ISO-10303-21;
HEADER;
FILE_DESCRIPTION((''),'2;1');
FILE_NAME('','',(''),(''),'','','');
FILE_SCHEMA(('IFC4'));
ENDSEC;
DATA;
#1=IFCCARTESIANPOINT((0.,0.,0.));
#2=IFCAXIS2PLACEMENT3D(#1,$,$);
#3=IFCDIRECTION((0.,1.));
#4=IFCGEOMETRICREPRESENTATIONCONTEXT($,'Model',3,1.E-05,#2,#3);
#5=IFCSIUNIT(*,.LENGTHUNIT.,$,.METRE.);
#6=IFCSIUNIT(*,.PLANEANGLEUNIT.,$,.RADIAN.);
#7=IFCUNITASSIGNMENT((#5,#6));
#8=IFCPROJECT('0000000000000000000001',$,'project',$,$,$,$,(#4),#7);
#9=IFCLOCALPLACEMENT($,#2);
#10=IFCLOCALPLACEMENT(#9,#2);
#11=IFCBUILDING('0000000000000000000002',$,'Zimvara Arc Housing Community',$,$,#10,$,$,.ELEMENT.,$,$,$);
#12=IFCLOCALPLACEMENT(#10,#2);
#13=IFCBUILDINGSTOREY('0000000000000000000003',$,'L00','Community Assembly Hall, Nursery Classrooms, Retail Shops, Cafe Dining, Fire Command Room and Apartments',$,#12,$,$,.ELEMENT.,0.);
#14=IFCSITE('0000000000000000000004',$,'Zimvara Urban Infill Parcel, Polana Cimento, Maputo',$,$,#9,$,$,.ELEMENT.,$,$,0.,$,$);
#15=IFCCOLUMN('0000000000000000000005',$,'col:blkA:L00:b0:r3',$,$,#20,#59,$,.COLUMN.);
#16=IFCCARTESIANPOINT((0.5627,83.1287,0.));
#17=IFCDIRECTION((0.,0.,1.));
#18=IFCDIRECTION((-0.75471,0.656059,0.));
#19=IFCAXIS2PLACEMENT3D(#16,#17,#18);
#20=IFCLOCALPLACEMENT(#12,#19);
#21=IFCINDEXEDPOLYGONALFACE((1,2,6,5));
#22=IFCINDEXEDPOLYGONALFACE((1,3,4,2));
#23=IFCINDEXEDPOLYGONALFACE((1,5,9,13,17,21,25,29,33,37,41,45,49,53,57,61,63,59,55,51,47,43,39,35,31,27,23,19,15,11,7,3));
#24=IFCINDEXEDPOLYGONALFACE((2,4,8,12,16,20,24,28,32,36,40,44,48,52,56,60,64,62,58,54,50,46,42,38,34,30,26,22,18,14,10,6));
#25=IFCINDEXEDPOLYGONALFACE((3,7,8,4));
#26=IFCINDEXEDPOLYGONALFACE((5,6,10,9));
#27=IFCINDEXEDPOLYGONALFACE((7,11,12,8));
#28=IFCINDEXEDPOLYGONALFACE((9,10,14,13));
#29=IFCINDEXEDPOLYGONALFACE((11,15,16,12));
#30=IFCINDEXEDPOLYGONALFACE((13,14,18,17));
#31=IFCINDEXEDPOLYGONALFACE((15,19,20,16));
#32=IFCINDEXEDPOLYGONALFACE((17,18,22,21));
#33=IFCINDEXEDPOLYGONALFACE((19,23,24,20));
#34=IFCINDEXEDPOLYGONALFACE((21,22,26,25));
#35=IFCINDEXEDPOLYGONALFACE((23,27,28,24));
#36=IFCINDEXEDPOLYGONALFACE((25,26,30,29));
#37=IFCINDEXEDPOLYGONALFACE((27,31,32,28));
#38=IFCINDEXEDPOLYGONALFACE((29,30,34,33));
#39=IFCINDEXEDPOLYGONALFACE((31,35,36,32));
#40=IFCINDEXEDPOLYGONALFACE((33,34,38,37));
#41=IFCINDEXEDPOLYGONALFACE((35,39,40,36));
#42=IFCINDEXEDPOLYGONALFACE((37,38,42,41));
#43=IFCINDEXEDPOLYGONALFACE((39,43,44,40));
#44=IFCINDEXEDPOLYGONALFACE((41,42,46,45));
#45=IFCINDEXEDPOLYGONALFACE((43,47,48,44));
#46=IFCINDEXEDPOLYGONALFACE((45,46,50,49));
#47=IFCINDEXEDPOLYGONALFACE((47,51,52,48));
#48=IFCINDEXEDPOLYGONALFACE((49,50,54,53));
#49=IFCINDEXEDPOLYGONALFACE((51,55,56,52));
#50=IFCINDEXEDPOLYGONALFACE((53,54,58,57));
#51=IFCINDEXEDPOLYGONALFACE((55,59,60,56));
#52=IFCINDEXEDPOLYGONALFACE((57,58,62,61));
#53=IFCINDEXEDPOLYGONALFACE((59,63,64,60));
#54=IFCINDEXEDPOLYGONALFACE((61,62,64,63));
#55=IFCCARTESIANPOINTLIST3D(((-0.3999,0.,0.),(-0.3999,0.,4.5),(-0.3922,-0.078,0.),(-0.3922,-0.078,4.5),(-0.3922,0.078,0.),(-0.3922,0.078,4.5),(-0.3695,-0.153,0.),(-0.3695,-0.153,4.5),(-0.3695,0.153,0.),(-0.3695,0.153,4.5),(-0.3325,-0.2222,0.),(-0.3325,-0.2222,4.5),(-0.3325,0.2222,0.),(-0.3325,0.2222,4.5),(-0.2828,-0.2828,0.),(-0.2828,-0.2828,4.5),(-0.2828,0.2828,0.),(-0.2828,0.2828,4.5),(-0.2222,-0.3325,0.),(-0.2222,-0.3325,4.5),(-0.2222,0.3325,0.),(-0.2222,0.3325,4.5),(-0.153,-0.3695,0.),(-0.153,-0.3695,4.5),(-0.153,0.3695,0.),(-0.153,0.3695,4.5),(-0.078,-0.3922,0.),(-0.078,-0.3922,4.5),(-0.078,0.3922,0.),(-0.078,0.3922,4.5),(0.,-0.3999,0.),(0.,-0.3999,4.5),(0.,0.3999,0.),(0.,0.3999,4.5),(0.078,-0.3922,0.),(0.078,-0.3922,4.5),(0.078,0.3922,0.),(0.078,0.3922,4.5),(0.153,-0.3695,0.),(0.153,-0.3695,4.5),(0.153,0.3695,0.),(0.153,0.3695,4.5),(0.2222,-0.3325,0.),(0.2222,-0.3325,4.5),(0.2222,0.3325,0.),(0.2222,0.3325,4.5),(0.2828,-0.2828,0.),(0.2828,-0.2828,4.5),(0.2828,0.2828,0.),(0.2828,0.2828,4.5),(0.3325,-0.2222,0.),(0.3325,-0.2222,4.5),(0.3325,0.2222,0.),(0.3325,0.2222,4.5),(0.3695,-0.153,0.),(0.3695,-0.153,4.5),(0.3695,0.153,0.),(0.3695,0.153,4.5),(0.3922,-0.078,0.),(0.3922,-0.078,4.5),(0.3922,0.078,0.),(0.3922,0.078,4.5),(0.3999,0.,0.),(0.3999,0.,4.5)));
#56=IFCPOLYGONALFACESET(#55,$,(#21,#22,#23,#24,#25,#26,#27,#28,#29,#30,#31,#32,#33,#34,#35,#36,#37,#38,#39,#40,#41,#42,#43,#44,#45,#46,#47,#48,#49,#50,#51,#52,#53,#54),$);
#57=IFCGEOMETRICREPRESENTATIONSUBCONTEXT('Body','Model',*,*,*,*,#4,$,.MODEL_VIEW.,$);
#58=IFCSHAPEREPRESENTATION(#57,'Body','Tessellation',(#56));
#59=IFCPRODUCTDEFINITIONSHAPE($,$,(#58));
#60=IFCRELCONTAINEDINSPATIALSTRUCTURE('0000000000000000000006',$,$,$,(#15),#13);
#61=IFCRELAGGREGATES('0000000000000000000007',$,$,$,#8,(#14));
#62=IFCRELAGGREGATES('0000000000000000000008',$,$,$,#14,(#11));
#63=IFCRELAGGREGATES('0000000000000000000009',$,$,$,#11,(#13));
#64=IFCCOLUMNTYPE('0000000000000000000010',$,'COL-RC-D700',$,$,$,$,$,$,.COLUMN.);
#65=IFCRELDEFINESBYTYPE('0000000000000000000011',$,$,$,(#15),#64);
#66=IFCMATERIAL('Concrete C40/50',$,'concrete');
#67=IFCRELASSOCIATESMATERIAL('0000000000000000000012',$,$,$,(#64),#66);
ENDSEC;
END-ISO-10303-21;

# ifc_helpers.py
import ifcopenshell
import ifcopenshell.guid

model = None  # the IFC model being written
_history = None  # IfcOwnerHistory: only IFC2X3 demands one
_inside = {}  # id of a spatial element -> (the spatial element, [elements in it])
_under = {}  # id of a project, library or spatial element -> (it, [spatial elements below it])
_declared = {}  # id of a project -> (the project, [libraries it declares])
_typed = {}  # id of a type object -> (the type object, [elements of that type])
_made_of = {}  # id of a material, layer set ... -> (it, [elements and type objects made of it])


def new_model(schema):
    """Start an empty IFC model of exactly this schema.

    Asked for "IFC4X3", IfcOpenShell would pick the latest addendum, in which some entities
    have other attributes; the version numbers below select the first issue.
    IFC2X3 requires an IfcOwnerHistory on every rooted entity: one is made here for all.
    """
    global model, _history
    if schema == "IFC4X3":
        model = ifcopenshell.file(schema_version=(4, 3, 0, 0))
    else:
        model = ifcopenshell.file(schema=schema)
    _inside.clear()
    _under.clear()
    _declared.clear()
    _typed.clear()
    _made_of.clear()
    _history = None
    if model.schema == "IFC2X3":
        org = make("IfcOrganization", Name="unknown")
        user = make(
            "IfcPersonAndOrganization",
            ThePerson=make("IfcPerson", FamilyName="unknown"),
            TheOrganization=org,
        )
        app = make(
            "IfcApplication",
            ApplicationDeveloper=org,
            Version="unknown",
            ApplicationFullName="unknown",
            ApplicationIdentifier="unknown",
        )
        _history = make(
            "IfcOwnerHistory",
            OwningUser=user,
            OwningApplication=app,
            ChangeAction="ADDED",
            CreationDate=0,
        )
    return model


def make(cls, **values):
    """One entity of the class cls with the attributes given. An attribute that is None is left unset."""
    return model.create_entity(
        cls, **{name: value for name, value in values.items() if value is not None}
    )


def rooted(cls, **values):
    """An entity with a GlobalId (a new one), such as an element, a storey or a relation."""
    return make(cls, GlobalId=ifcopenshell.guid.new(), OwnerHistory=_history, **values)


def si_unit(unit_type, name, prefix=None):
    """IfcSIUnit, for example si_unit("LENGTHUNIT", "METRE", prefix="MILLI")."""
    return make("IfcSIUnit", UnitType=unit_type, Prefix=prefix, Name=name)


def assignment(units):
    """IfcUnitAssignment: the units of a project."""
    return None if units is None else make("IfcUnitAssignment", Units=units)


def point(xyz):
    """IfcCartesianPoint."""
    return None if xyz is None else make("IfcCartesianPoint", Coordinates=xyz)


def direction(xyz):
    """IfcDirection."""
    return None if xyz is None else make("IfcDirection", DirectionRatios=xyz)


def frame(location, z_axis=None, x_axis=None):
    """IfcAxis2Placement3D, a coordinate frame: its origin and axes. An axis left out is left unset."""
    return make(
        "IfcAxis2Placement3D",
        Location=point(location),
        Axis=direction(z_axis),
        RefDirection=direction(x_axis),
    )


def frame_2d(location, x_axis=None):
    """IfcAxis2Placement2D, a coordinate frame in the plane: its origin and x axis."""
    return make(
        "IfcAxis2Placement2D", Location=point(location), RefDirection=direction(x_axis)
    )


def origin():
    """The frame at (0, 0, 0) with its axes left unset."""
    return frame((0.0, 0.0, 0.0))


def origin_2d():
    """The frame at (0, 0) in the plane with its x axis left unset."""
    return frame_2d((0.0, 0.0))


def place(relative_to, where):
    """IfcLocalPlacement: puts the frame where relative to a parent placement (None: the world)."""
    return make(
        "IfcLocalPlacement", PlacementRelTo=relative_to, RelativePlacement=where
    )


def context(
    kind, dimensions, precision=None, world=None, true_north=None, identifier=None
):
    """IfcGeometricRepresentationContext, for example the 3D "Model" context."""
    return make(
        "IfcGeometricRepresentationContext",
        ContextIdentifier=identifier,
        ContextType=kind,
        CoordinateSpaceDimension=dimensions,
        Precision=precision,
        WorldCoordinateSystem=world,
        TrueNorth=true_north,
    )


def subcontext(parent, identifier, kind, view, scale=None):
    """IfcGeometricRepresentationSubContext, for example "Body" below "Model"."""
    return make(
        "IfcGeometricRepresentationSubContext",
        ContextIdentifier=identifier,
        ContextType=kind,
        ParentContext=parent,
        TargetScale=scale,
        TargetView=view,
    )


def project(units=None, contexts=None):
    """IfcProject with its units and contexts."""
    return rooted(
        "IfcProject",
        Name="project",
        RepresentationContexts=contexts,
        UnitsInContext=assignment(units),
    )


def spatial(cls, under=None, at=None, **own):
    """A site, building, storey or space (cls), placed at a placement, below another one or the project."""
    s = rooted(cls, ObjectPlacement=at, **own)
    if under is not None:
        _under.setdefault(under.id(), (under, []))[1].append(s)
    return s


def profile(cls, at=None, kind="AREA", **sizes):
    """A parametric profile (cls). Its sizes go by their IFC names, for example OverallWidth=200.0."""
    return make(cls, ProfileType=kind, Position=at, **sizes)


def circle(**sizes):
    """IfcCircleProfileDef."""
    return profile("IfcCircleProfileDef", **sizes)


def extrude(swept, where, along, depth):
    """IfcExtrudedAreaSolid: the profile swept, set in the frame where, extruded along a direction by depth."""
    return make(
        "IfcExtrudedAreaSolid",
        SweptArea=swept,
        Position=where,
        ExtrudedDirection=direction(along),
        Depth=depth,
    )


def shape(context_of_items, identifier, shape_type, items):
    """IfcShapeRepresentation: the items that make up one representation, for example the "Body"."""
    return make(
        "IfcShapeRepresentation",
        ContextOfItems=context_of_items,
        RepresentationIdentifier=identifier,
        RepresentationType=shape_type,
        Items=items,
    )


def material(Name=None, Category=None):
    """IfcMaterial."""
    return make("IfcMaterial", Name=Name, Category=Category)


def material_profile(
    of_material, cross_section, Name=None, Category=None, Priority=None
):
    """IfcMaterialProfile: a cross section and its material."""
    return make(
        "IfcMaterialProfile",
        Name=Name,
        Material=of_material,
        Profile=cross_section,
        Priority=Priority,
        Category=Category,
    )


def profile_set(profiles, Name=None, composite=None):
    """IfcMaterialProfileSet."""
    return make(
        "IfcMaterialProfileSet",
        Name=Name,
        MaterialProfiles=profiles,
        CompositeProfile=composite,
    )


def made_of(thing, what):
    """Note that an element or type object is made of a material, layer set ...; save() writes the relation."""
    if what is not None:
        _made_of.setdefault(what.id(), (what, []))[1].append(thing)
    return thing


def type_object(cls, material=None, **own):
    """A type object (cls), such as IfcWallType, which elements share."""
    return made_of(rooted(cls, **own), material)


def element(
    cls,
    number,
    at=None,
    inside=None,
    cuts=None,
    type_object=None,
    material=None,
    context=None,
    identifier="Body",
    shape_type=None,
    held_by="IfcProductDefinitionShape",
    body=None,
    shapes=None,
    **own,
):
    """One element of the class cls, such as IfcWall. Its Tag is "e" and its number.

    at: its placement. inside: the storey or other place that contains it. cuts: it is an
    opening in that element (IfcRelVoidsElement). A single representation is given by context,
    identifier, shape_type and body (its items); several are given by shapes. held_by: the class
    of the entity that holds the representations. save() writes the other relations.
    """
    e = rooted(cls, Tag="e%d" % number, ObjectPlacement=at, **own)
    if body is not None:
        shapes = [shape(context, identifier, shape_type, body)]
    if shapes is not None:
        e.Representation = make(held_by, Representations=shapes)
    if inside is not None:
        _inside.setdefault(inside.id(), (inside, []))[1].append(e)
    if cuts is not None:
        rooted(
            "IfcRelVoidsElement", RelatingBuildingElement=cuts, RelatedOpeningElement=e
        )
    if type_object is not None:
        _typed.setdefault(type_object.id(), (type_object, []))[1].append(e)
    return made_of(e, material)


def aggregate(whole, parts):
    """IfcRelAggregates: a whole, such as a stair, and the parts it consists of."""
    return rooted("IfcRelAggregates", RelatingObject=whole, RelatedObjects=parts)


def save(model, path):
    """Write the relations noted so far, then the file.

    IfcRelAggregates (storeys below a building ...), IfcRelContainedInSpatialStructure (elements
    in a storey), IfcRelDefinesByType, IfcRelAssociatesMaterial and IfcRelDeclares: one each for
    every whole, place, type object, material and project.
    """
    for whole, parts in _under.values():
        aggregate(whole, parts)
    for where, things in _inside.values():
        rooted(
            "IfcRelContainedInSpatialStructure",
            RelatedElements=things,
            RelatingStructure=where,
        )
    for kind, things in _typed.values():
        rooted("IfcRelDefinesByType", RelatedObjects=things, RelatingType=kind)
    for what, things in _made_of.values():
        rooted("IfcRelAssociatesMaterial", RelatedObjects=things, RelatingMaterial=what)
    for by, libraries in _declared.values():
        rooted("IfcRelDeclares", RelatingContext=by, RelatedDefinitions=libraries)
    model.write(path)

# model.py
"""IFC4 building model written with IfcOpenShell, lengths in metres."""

from ifc_helpers import new_model, si_unit, direction, frame, origin, origin_2d, place, context, subcontext, project, spatial, circle, extrude, material, material_profile, profile_set, type_object, element, save


model = new_model("IFC4")

# Units and contexts
model_context = context("Model", 3, precision=1e-05, world=origin(), true_north=direction((0.0, 1.0)))
body_context = subcontext(model_context, "Body", "Model", "MODEL_VIEW")
ifc_project = project(units=[si_unit("LENGTHUNIT", "METRE"), si_unit("PLANEANGLEUNIT", "RADIAN")], contexts=[model_context])

# Site, building, storey
site_placement = place(None, origin())
site = spatial("IfcSite", under=ifc_project, at=site_placement, Name="Zimvara Urban Infill Parcel, Polana Cimento, Maputo", CompositionType="ELEMENT", RefElevation=0.0)
building_placement = place(site_placement, origin())
building = spatial("IfcBuilding", under=site, at=building_placement, Name="Zimvara Arc Housing Community", CompositionType="ELEMENT")
storey_placement = place(building_placement, origin())
storey = spatial("IfcBuildingStorey", under=building, at=storey_placement, Name="L00", Description="Community Assembly Hall, Nursery Classrooms, Retail Shops, Cafe Dining, Fire Command Room and Apartments", CompositionType="ELEMENT", Elevation=0.0)

# Column
ifc_material_1 = material(Name="Concrete C40/50", Category="concrete")
ifc_material_profile_1 = material_profile(ifc_material_1, circle(Radius=0.3999, at=origin_2d()), Name="RC D800")
ifc_profile_set_1 = profile_set([ifc_material_profile_1], Name="Concrete C40/50")
column_type_1 = type_object("IfcColumnType", Name="COL-RC-D700", PredefinedType="COLUMN", material=ifc_profile_set_1)
column_1_placement = place(storey_placement, frame((0.5627, 83.1287, 0.0), z_axis=(0.0, 0.0, 1.0), x_axis=(-0.75471, 0.656059, 0.0)))
element("IfcColumn", 1, at=column_1_placement, inside=storey, type_object=column_type_1, Name="col:blkA:L00:b0:r3", PredefinedType="COLUMN", context=body_context, shape_type="SweptSolid", body=[
    extrude(circle(Radius=0.3999, at=origin_2d()), origin(), (0.0, 0.0, 1.0), 4.5),
])

save(model, "model.ifc")
